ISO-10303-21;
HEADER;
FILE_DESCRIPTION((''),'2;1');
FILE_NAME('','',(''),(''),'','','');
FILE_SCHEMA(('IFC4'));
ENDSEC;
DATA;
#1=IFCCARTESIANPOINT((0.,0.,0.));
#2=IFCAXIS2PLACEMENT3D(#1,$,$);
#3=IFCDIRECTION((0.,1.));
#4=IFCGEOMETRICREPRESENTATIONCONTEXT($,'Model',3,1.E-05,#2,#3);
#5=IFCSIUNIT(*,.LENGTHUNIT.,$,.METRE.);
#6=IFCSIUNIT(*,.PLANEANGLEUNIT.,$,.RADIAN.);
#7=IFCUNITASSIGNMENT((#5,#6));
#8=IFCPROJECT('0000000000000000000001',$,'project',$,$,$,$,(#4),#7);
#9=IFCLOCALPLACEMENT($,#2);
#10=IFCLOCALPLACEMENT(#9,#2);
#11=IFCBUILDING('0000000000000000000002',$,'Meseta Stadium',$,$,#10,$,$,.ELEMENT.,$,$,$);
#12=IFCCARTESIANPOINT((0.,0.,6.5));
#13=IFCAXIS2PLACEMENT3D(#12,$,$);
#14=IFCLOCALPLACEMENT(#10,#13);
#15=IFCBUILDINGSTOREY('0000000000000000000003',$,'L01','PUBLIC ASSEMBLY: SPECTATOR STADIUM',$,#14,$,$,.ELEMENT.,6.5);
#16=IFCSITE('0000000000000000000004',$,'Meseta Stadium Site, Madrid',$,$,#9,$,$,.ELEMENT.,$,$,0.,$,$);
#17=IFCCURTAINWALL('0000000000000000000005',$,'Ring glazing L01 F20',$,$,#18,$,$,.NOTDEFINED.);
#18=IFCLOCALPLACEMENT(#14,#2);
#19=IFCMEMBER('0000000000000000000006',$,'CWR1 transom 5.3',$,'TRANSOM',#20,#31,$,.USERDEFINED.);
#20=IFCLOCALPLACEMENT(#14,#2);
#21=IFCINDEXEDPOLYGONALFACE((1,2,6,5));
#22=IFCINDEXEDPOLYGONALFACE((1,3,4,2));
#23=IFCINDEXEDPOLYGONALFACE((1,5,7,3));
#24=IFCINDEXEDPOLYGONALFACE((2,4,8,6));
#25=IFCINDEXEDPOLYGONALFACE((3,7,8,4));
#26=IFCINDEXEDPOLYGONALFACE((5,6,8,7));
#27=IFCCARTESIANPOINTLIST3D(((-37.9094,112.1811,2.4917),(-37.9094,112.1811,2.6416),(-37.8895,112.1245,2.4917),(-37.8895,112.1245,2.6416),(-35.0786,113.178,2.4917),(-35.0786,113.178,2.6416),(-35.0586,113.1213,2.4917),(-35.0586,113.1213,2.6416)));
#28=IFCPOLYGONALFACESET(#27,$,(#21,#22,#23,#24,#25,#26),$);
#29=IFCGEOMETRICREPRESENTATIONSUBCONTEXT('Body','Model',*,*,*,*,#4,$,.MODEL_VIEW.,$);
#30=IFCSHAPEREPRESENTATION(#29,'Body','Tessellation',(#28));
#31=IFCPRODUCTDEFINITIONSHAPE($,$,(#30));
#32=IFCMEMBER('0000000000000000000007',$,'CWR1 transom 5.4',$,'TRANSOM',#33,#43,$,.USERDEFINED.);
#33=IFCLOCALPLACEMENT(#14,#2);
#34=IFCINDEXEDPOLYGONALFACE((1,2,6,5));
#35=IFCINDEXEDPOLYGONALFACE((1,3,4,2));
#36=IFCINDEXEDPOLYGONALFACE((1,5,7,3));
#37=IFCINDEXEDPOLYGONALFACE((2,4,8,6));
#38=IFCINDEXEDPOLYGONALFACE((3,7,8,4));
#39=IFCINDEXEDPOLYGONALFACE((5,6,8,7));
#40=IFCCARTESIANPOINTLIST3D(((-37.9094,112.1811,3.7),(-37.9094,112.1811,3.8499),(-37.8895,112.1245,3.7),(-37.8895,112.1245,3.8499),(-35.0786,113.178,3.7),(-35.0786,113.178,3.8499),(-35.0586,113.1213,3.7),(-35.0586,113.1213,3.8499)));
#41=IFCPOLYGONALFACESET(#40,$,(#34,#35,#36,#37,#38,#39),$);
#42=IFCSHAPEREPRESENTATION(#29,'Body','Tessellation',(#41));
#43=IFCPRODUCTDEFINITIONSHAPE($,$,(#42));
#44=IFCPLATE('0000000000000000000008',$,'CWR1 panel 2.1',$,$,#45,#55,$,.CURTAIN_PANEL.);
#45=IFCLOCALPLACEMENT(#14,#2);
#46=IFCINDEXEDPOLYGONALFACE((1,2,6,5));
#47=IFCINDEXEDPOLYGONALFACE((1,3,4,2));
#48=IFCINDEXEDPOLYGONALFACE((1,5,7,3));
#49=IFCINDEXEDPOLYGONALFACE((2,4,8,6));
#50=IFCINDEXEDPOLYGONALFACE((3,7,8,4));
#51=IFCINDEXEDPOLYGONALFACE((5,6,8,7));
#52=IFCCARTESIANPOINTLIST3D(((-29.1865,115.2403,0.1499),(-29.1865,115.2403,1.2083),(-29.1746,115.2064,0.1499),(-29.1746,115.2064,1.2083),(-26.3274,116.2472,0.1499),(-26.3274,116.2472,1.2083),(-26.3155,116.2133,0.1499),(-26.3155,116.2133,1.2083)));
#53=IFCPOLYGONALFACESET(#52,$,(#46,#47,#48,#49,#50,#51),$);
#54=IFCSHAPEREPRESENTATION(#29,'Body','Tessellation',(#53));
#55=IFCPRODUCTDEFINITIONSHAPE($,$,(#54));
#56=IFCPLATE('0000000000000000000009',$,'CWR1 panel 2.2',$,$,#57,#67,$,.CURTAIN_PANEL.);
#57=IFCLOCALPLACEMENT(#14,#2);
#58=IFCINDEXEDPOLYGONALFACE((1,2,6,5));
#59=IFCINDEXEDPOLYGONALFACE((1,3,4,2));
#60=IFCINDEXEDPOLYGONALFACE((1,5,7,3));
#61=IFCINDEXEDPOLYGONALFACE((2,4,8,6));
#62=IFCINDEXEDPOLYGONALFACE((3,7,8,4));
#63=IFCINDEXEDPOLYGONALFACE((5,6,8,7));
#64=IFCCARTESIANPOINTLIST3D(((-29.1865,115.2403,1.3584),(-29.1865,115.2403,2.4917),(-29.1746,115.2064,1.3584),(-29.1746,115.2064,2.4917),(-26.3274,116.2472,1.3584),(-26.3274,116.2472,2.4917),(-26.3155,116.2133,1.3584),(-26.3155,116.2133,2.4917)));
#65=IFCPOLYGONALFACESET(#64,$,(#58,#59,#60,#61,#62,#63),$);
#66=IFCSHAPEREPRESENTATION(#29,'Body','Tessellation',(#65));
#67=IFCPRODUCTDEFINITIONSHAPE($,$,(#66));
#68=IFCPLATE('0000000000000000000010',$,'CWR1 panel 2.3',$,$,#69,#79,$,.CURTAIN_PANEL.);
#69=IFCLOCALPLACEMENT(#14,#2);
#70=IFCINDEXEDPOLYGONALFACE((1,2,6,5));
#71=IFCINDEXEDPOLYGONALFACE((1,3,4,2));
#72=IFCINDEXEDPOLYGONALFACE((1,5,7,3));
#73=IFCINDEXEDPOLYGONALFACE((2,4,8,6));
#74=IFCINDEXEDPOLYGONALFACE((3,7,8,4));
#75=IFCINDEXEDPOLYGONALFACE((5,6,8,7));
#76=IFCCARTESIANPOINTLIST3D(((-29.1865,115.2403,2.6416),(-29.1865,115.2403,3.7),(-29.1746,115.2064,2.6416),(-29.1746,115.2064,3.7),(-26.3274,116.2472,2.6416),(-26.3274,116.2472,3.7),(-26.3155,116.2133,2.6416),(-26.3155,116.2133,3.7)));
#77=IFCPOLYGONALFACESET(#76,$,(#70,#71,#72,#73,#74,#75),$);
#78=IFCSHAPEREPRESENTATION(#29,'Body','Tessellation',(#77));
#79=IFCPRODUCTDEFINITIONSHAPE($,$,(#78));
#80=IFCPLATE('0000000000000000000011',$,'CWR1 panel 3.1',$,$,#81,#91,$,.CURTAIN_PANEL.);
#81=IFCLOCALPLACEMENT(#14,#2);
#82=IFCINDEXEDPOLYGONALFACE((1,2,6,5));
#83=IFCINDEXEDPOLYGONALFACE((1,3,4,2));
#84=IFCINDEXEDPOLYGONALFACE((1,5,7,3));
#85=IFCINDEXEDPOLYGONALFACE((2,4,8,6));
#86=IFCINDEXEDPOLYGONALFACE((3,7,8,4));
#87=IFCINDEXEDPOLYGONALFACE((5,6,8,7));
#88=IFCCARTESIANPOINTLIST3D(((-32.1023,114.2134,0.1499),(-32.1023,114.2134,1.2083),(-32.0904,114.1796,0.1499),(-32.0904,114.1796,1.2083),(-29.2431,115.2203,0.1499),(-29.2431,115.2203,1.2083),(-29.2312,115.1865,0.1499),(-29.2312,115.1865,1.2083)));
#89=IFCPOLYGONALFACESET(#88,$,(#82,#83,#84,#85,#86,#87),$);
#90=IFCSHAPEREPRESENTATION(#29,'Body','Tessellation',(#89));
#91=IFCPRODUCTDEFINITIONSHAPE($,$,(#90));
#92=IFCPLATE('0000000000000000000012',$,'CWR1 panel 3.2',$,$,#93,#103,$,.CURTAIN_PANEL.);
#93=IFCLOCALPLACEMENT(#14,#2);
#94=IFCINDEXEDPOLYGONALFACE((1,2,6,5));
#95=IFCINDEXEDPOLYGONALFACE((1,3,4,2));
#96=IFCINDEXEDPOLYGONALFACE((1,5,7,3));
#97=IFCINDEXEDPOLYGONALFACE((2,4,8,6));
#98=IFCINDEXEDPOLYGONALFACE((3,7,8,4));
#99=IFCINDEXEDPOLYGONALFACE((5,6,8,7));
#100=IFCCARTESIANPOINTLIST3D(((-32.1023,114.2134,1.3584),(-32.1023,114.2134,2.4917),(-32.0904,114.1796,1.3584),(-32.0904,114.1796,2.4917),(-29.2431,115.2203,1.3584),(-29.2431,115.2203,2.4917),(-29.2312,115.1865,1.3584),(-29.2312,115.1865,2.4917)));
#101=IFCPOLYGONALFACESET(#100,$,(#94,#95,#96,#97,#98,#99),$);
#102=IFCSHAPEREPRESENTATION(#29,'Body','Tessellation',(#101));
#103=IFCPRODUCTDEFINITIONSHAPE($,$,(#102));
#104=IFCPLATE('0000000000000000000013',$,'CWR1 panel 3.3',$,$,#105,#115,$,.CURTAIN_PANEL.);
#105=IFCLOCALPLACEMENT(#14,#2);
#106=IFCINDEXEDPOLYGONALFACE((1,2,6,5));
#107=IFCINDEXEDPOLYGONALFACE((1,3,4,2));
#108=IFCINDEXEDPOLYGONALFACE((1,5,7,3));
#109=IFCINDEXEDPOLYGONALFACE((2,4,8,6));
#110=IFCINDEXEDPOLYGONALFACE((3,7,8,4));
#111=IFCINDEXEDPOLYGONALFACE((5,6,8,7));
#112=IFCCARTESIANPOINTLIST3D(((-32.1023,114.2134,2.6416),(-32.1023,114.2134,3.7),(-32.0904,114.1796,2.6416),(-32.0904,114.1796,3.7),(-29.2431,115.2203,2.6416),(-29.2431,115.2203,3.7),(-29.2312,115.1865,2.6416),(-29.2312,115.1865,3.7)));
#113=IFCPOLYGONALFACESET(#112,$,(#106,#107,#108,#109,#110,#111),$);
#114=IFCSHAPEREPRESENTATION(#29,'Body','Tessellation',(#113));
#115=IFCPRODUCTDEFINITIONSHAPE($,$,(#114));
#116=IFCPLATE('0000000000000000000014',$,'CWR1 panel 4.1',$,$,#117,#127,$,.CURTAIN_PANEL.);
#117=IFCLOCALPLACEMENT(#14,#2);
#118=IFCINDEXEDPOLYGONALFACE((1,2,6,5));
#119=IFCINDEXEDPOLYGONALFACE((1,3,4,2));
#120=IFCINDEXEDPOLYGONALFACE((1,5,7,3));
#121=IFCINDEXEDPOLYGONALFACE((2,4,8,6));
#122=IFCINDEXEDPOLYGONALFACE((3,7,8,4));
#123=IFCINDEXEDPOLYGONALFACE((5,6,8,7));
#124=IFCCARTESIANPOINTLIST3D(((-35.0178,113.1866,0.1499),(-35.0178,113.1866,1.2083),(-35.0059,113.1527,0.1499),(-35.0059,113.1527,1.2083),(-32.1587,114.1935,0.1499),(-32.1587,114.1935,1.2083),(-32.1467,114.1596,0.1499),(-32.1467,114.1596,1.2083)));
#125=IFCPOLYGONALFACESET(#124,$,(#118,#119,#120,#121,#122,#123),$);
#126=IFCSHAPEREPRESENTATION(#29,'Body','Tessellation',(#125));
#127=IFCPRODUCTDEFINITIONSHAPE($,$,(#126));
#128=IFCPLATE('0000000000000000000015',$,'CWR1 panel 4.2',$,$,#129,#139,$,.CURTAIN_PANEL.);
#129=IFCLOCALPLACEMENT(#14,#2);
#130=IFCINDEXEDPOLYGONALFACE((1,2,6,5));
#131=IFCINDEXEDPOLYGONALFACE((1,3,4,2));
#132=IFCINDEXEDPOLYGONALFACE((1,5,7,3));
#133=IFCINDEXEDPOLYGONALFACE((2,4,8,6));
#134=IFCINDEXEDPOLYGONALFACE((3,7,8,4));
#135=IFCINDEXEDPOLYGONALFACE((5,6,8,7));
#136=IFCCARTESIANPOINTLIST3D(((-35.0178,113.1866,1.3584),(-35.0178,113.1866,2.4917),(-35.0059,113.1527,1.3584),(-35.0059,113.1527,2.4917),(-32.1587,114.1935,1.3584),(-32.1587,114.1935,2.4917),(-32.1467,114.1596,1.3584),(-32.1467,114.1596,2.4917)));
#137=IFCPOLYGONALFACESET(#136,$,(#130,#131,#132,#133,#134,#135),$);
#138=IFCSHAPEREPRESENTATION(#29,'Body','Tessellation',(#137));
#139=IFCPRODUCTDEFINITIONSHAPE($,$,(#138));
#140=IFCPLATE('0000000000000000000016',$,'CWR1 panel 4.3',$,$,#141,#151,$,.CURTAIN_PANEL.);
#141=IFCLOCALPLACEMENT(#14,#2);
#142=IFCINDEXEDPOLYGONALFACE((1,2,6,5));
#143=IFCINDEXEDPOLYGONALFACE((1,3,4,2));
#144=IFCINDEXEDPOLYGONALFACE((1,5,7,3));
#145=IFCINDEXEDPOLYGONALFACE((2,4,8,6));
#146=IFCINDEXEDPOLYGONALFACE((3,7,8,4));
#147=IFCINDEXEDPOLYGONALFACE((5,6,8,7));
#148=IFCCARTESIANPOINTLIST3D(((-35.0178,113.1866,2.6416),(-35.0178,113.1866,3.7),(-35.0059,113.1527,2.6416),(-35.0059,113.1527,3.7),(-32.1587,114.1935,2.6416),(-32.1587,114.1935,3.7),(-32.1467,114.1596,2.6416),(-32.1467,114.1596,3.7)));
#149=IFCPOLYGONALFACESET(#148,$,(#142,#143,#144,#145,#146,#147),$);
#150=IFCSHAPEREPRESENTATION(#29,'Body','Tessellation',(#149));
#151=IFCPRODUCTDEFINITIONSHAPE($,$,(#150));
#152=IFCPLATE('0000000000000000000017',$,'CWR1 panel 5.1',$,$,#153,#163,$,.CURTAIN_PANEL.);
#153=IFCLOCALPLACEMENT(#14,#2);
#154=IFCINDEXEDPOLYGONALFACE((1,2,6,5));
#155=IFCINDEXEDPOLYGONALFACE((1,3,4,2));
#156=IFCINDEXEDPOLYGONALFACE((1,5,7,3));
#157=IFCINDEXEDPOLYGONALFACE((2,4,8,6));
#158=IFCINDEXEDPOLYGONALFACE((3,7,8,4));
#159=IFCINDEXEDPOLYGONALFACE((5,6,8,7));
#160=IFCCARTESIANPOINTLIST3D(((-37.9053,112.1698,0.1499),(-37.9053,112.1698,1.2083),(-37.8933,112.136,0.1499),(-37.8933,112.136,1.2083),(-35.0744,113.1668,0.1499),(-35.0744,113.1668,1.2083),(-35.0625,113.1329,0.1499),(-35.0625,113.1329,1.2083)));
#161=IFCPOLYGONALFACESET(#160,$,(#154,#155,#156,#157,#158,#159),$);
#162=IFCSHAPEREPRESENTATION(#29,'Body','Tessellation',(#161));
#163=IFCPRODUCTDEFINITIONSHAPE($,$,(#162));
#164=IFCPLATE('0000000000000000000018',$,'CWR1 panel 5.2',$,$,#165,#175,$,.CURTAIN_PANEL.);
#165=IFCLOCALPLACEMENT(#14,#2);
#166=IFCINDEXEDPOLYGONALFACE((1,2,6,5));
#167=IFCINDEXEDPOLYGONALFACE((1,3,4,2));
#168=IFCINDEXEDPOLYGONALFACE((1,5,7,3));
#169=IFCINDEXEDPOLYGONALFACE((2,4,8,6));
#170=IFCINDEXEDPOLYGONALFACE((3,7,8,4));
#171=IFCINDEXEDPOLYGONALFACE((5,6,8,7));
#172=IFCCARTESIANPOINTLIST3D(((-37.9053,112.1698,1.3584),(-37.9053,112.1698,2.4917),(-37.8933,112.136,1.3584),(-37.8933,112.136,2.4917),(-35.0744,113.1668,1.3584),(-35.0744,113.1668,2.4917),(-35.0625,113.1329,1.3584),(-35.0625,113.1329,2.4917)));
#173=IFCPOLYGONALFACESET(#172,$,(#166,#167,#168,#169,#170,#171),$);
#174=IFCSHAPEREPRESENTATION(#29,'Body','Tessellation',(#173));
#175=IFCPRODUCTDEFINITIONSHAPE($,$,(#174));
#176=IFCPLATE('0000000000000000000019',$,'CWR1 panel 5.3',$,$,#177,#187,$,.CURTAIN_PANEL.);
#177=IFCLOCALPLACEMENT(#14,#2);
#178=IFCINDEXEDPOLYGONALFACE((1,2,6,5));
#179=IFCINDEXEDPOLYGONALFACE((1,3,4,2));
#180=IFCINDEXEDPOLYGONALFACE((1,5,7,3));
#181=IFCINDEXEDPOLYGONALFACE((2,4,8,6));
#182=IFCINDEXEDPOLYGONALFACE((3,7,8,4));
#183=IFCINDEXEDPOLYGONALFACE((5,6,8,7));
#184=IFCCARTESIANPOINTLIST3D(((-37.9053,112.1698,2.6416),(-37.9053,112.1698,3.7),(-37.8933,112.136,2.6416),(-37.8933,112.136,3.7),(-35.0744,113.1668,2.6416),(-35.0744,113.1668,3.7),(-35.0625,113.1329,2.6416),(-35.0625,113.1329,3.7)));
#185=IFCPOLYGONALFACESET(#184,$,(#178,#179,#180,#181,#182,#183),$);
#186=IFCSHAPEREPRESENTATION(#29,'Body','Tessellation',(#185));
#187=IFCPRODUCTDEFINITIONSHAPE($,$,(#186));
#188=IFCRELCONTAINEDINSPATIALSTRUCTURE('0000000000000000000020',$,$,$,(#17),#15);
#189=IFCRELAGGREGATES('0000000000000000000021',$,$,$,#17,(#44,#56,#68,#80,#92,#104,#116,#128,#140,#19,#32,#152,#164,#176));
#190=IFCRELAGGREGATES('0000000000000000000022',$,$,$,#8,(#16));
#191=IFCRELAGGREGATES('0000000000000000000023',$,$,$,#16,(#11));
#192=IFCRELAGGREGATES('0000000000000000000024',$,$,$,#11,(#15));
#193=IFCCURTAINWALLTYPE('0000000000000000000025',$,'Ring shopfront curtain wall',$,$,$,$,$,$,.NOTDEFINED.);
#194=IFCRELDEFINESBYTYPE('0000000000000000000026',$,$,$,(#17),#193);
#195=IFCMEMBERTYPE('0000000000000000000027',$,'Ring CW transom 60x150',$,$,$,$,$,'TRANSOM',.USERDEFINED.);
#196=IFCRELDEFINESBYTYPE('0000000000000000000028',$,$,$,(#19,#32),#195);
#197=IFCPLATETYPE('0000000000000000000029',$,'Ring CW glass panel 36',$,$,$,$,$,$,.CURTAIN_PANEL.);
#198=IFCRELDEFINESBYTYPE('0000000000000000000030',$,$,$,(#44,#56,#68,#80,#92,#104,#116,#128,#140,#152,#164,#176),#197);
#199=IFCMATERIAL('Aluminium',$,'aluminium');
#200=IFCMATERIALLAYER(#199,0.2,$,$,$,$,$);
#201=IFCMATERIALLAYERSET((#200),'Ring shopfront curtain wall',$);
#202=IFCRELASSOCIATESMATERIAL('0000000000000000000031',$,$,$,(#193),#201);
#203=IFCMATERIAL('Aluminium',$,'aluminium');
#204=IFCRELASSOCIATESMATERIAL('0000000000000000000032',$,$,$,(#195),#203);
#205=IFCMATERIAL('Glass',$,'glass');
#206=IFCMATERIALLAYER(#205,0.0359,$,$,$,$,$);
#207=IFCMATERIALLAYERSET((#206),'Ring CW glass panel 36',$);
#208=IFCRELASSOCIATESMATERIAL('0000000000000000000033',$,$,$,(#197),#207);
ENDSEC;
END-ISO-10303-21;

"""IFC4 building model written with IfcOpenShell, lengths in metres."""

from ifc_helpers import new_model, si_unit, direction, frame, origin, origin_2d, place, context, subcontext, project, spatial, rectangle, extrude, material, layer, layer_set, material_profile, profile_set, type_object, element, aggregate, save


model = new_model("IFC4")

# Units and contexts
model_context = context("Model", 3, precision=1e-05, world=origin(), true_north=direction((0.0, 1.0)))
body_context = subcontext(model_context, "Body", "Model", "MODEL_VIEW")
ifc_project = project(units=[si_unit("LENGTHUNIT", "METRE"), si_unit("PLANEANGLEUNIT", "RADIAN")], contexts=[model_context])

# Site, building, storey
site_placement = place(None, origin())
site = spatial("IfcSite", under=ifc_project, at=site_placement, Name="Meseta Stadium Site, Madrid", CompositionType="ELEMENT", RefElevation=0.0)
building_placement = place(site_placement, origin())
building = spatial("IfcBuilding", under=site, at=building_placement, Name="Meseta Stadium", CompositionType="ELEMENT")
storey_placement = place(building_placement, frame((0.0, 0.0, 6.5)))
storey = spatial("IfcBuildingStorey", under=building, at=storey_placement, Name="L01", Description="PUBLIC ASSEMBLY: SPECTATOR STADIUM", CompositionType="ELEMENT", Elevation=6.5)

# Curtain wall, members, plates
ifc_material_1 = material(Name="Aluminium", Category="aluminium")
ifc_layer_1 = layer(ifc_material_1, 0.2)
ifc_layer_set_1 = layer_set([ifc_layer_1], Name="Ring shopfront curtain wall")
curtain_wall_type = type_object("IfcCurtainWallType", Name="Ring shopfront curtain wall", PredefinedType="NOTDEFINED", material=ifc_layer_set_1)
curtain_wall_placement = place(storey_placement, origin())
curtain_wall = element("IfcCurtainWall", 1, at=curtain_wall_placement, inside=storey, type_object=curtain_wall_type, Name="Ring glazing L01 F20", PredefinedType="NOTDEFINED")
ifc_material_2 = material(Name="Aluminium", Category="aluminium")
ifc_material_profile_1 = material_profile(ifc_material_2, rectangle(XDim=0.0601, YDim=0.1499, at=origin_2d()), Name="CW 60x150")
ifc_profile_set_1 = profile_set([ifc_material_profile_1], Name="Aluminium")
member_type_1 = type_object("IfcMemberType", Name="Ring CW transom 60x150", ElementType="TRANSOM", PredefinedType="USERDEFINED", material=ifc_profile_set_1)
member_1_placement = place(storey_placement, frame((-35.0686, 113.1497, 2.5667), z_axis=(-0.943229, -0.332143, 0.0), x_axis=(0.332143, -0.943229, 0.0)))
member_1 = element("IfcMember", 2, at=member_1_placement, type_object=member_type_1, Name="CWR1 transom 5.3", ObjectType="TRANSOM", PredefinedType="USERDEFINED", context=body_context, shape_type="SweptSolid", body=[
    extrude(rectangle(XDim=0.0601, YDim=0.1499, at=origin_2d()), origin(), (0.0, 0.0, 1.0), 3.0012),
])
member_2_placement = place(storey_placement, frame((-35.0686, 113.1497, 3.7749), z_axis=(-0.943229, -0.332143, 0.0), x_axis=(0.332143, -0.943229, 0.0)))
member_2 = element("IfcMember", 3, at=member_2_placement, type_object=member_type_1, Name="CWR1 transom 5.4", ObjectType="TRANSOM", PredefinedType="USERDEFINED", context=body_context, shape_type="SweptSolid", body=[
    extrude(rectangle(XDim=0.0601, YDim=0.1499, at=origin_2d()), origin(), (0.0, 0.0, 1.0), 3.0012),
])
ifc_material_3 = material(Name="Glass", Category="glass")
ifc_layer_2 = layer(ifc_material_3, 0.0359)
ifc_layer_set_2 = layer_set([ifc_layer_2], Name="Ring CW glass panel 36")
plate_type = type_object("IfcPlateType", Name="Ring CW glass panel 36", PredefinedType="CURTAIN_PANEL", material=ifc_layer_set_2)
plate_1_placement = place(storey_placement, frame((-27.751, 115.7268, 0.1499), z_axis=(0.0, 0.0, 1.0), x_axis=(-0.943218, -0.332174, 0.0)))
plate_1 = element("IfcPlate", 4, at=plate_1_placement, type_object=plate_type, Name="CWR1 panel 2.1", PredefinedType="CURTAIN_PANEL", context=body_context, shape_type="SweptSolid", body=[
    extrude(rectangle(XDim=3.0312, YDim=0.0359, at=origin_2d()), origin(), (0.0, 0.0, 1.0), 1.0583),
])
plate_2_placement = place(storey_placement, frame((-27.751, 115.7268, 1.3584), z_axis=(0.0, 0.0, 1.0), x_axis=(-0.943218, -0.332174, 0.0)))
plate_2 = element("IfcPlate", 5, at=plate_2_placement, type_object=plate_type, Name="CWR1 panel 2.2", PredefinedType="CURTAIN_PANEL", context=body_context, shape_type="SweptSolid", body=[
    extrude(rectangle(XDim=3.0312, YDim=0.0359, at=origin_2d()), origin(), (0.0, 0.0, 1.0), 1.1333),
])
plate_3_placement = place(storey_placement, frame((-27.751, 115.7268, 2.6416), z_axis=(0.0, 0.0, 1.0), x_axis=(-0.943218, -0.332174, 0.0)))
plate_3 = element("IfcPlate", 6, at=plate_3_placement, type_object=plate_type, Name="CWR1 panel 2.3", PredefinedType="CURTAIN_PANEL", context=body_context, shape_type="SweptSolid", body=[
    extrude(rectangle(XDim=3.0312, YDim=0.0359, at=origin_2d()), origin(), (0.0, 0.0, 1.0), 1.0583),
])
plate_4_placement = place(storey_placement, frame((-30.6667, 114.7, 0.1499), z_axis=(0.0, 0.0, 1.0), x_axis=(-0.943218, -0.332174, 0.0)))
plate_4 = element("IfcPlate", 7, at=plate_4_placement, type_object=plate_type, Name="CWR1 panel 3.1", PredefinedType="CURTAIN_PANEL", context=body_context, shape_type="SweptSolid", body=[
    extrude(rectangle(XDim=3.0312, YDim=0.0359, at=origin_2d()), origin(), (0.0, 0.0, 1.0), 1.0583),
])
plate_5_placement = place(storey_placement, frame((-30.6667, 114.7, 1.3584), z_axis=(0.0, 0.0, 1.0), x_axis=(-0.943218, -0.332174, 0.0)))
plate_5 = element("IfcPlate", 8, at=plate_5_placement, type_object=plate_type, Name="CWR1 panel 3.2", PredefinedType="CURTAIN_PANEL", context=body_context, shape_type="SweptSolid", body=[
    extrude(rectangle(XDim=3.0312, YDim=0.0359, at=origin_2d()), origin(), (0.0, 0.0, 1.0), 1.1333),
])
plate_6_placement = place(storey_placement, frame((-30.6667, 114.7, 2.6416), z_axis=(0.0, 0.0, 1.0), x_axis=(-0.943218, -0.332174, 0.0)))
plate_6 = element("IfcPlate", 9, at=plate_6_placement, type_object=plate_type, Name="CWR1 panel 3.3", PredefinedType="CURTAIN_PANEL", context=body_context, shape_type="SweptSolid", body=[
    extrude(rectangle(XDim=3.0312, YDim=0.0359, at=origin_2d()), origin(), (0.0, 0.0, 1.0), 1.0583),
])
plate_7_placement = place(storey_placement, frame((-33.5823, 113.6731, 0.1499), z_axis=(0.0, 0.0, 1.0), x_axis=(-0.943218, -0.332174, 0.0)))
plate_7 = element("IfcPlate", 10, at=plate_7_placement, type_object=plate_type, Name="CWR1 panel 4.1", PredefinedType="CURTAIN_PANEL", context=body_context, shape_type="SweptSolid", body=[
    extrude(rectangle(XDim=3.0312, YDim=0.0359, at=origin_2d()), origin(), (0.0, 0.0, 1.0), 1.0583),
])
plate_8_placement = place(storey_placement, frame((-33.5823, 113.6731, 1.3584), z_axis=(0.0, 0.0, 1.0), x_axis=(-0.943218, -0.332174, 0.0)))
plate_8 = element("IfcPlate", 11, at=plate_8_placement, type_object=plate_type, Name="CWR1 panel 4.2", PredefinedType="CURTAIN_PANEL", context=body_context, shape_type="SweptSolid", body=[
    extrude(rectangle(XDim=3.0312, YDim=0.0359, at=origin_2d()), origin(), (0.0, 0.0, 1.0), 1.1333),
])
plate_9_placement = place(storey_placement, frame((-33.5823, 113.6731, 2.6416), z_axis=(0.0, 0.0, 1.0), x_axis=(-0.943218, -0.332174, 0.0)))
plate_9 = element("IfcPlate", 12, at=plate_9_placement, type_object=plate_type, Name="CWR1 panel 4.3", PredefinedType="CURTAIN_PANEL", context=body_context, shape_type="SweptSolid", body=[
    extrude(rectangle(XDim=3.0312, YDim=0.0359, at=origin_2d()), origin(), (0.0, 0.0, 1.0), 1.0583),
])
plate_10_placement = place(storey_placement, frame((-36.4839, 112.6514, 0.1499), z_axis=(0.0, 0.0, 1.0), x_axis=(-0.943218, -0.332174, 0.0)))
plate_10 = element("IfcPlate", 13, at=plate_10_placement, type_object=plate_type, Name="CWR1 panel 5.1", PredefinedType="CURTAIN_PANEL", context=body_context, shape_type="SweptSolid", body=[
    extrude(rectangle(XDim=3.0012, YDim=0.0359, at=origin_2d()), origin(), (0.0, 0.0, 1.0), 1.0583),
])
plate_11_placement = place(storey_placement, frame((-36.4839, 112.6514, 1.3584), z_axis=(0.0, 0.0, 1.0), x_axis=(-0.943218, -0.332174, 0.0)))
plate_11 = element("IfcPlate", 14, at=plate_11_placement, type_object=plate_type, Name="CWR1 panel 5.2", PredefinedType="CURTAIN_PANEL", context=body_context, shape_type="SweptSolid", body=[
    extrude(rectangle(XDim=3.0012, YDim=0.0359, at=origin_2d()), origin(), (0.0, 0.0, 1.0), 1.1333),
])
plate_12_placement = place(storey_placement, frame((-36.4839, 112.6514, 2.6416), z_axis=(0.0, 0.0, 1.0), x_axis=(-0.943218, -0.332174, 0.0)))
plate_12 = element("IfcPlate", 15, at=plate_12_placement, type_object=plate_type, Name="CWR1 panel 5.3", PredefinedType="CURTAIN_PANEL", context=body_context, shape_type="SweptSolid", body=[
    extrude(rectangle(XDim=3.0012, YDim=0.0359, at=origin_2d()), origin(), (0.0, 0.0, 1.0), 1.0583),
])
aggregate(curtain_wall, [plate_1, plate_2, plate_3, plate_4, plate_5, plate_6, plate_7, plate_8, plate_9, member_1, member_2, plate_10, plate_11, plate_12])

save(model, "model.ifc")
